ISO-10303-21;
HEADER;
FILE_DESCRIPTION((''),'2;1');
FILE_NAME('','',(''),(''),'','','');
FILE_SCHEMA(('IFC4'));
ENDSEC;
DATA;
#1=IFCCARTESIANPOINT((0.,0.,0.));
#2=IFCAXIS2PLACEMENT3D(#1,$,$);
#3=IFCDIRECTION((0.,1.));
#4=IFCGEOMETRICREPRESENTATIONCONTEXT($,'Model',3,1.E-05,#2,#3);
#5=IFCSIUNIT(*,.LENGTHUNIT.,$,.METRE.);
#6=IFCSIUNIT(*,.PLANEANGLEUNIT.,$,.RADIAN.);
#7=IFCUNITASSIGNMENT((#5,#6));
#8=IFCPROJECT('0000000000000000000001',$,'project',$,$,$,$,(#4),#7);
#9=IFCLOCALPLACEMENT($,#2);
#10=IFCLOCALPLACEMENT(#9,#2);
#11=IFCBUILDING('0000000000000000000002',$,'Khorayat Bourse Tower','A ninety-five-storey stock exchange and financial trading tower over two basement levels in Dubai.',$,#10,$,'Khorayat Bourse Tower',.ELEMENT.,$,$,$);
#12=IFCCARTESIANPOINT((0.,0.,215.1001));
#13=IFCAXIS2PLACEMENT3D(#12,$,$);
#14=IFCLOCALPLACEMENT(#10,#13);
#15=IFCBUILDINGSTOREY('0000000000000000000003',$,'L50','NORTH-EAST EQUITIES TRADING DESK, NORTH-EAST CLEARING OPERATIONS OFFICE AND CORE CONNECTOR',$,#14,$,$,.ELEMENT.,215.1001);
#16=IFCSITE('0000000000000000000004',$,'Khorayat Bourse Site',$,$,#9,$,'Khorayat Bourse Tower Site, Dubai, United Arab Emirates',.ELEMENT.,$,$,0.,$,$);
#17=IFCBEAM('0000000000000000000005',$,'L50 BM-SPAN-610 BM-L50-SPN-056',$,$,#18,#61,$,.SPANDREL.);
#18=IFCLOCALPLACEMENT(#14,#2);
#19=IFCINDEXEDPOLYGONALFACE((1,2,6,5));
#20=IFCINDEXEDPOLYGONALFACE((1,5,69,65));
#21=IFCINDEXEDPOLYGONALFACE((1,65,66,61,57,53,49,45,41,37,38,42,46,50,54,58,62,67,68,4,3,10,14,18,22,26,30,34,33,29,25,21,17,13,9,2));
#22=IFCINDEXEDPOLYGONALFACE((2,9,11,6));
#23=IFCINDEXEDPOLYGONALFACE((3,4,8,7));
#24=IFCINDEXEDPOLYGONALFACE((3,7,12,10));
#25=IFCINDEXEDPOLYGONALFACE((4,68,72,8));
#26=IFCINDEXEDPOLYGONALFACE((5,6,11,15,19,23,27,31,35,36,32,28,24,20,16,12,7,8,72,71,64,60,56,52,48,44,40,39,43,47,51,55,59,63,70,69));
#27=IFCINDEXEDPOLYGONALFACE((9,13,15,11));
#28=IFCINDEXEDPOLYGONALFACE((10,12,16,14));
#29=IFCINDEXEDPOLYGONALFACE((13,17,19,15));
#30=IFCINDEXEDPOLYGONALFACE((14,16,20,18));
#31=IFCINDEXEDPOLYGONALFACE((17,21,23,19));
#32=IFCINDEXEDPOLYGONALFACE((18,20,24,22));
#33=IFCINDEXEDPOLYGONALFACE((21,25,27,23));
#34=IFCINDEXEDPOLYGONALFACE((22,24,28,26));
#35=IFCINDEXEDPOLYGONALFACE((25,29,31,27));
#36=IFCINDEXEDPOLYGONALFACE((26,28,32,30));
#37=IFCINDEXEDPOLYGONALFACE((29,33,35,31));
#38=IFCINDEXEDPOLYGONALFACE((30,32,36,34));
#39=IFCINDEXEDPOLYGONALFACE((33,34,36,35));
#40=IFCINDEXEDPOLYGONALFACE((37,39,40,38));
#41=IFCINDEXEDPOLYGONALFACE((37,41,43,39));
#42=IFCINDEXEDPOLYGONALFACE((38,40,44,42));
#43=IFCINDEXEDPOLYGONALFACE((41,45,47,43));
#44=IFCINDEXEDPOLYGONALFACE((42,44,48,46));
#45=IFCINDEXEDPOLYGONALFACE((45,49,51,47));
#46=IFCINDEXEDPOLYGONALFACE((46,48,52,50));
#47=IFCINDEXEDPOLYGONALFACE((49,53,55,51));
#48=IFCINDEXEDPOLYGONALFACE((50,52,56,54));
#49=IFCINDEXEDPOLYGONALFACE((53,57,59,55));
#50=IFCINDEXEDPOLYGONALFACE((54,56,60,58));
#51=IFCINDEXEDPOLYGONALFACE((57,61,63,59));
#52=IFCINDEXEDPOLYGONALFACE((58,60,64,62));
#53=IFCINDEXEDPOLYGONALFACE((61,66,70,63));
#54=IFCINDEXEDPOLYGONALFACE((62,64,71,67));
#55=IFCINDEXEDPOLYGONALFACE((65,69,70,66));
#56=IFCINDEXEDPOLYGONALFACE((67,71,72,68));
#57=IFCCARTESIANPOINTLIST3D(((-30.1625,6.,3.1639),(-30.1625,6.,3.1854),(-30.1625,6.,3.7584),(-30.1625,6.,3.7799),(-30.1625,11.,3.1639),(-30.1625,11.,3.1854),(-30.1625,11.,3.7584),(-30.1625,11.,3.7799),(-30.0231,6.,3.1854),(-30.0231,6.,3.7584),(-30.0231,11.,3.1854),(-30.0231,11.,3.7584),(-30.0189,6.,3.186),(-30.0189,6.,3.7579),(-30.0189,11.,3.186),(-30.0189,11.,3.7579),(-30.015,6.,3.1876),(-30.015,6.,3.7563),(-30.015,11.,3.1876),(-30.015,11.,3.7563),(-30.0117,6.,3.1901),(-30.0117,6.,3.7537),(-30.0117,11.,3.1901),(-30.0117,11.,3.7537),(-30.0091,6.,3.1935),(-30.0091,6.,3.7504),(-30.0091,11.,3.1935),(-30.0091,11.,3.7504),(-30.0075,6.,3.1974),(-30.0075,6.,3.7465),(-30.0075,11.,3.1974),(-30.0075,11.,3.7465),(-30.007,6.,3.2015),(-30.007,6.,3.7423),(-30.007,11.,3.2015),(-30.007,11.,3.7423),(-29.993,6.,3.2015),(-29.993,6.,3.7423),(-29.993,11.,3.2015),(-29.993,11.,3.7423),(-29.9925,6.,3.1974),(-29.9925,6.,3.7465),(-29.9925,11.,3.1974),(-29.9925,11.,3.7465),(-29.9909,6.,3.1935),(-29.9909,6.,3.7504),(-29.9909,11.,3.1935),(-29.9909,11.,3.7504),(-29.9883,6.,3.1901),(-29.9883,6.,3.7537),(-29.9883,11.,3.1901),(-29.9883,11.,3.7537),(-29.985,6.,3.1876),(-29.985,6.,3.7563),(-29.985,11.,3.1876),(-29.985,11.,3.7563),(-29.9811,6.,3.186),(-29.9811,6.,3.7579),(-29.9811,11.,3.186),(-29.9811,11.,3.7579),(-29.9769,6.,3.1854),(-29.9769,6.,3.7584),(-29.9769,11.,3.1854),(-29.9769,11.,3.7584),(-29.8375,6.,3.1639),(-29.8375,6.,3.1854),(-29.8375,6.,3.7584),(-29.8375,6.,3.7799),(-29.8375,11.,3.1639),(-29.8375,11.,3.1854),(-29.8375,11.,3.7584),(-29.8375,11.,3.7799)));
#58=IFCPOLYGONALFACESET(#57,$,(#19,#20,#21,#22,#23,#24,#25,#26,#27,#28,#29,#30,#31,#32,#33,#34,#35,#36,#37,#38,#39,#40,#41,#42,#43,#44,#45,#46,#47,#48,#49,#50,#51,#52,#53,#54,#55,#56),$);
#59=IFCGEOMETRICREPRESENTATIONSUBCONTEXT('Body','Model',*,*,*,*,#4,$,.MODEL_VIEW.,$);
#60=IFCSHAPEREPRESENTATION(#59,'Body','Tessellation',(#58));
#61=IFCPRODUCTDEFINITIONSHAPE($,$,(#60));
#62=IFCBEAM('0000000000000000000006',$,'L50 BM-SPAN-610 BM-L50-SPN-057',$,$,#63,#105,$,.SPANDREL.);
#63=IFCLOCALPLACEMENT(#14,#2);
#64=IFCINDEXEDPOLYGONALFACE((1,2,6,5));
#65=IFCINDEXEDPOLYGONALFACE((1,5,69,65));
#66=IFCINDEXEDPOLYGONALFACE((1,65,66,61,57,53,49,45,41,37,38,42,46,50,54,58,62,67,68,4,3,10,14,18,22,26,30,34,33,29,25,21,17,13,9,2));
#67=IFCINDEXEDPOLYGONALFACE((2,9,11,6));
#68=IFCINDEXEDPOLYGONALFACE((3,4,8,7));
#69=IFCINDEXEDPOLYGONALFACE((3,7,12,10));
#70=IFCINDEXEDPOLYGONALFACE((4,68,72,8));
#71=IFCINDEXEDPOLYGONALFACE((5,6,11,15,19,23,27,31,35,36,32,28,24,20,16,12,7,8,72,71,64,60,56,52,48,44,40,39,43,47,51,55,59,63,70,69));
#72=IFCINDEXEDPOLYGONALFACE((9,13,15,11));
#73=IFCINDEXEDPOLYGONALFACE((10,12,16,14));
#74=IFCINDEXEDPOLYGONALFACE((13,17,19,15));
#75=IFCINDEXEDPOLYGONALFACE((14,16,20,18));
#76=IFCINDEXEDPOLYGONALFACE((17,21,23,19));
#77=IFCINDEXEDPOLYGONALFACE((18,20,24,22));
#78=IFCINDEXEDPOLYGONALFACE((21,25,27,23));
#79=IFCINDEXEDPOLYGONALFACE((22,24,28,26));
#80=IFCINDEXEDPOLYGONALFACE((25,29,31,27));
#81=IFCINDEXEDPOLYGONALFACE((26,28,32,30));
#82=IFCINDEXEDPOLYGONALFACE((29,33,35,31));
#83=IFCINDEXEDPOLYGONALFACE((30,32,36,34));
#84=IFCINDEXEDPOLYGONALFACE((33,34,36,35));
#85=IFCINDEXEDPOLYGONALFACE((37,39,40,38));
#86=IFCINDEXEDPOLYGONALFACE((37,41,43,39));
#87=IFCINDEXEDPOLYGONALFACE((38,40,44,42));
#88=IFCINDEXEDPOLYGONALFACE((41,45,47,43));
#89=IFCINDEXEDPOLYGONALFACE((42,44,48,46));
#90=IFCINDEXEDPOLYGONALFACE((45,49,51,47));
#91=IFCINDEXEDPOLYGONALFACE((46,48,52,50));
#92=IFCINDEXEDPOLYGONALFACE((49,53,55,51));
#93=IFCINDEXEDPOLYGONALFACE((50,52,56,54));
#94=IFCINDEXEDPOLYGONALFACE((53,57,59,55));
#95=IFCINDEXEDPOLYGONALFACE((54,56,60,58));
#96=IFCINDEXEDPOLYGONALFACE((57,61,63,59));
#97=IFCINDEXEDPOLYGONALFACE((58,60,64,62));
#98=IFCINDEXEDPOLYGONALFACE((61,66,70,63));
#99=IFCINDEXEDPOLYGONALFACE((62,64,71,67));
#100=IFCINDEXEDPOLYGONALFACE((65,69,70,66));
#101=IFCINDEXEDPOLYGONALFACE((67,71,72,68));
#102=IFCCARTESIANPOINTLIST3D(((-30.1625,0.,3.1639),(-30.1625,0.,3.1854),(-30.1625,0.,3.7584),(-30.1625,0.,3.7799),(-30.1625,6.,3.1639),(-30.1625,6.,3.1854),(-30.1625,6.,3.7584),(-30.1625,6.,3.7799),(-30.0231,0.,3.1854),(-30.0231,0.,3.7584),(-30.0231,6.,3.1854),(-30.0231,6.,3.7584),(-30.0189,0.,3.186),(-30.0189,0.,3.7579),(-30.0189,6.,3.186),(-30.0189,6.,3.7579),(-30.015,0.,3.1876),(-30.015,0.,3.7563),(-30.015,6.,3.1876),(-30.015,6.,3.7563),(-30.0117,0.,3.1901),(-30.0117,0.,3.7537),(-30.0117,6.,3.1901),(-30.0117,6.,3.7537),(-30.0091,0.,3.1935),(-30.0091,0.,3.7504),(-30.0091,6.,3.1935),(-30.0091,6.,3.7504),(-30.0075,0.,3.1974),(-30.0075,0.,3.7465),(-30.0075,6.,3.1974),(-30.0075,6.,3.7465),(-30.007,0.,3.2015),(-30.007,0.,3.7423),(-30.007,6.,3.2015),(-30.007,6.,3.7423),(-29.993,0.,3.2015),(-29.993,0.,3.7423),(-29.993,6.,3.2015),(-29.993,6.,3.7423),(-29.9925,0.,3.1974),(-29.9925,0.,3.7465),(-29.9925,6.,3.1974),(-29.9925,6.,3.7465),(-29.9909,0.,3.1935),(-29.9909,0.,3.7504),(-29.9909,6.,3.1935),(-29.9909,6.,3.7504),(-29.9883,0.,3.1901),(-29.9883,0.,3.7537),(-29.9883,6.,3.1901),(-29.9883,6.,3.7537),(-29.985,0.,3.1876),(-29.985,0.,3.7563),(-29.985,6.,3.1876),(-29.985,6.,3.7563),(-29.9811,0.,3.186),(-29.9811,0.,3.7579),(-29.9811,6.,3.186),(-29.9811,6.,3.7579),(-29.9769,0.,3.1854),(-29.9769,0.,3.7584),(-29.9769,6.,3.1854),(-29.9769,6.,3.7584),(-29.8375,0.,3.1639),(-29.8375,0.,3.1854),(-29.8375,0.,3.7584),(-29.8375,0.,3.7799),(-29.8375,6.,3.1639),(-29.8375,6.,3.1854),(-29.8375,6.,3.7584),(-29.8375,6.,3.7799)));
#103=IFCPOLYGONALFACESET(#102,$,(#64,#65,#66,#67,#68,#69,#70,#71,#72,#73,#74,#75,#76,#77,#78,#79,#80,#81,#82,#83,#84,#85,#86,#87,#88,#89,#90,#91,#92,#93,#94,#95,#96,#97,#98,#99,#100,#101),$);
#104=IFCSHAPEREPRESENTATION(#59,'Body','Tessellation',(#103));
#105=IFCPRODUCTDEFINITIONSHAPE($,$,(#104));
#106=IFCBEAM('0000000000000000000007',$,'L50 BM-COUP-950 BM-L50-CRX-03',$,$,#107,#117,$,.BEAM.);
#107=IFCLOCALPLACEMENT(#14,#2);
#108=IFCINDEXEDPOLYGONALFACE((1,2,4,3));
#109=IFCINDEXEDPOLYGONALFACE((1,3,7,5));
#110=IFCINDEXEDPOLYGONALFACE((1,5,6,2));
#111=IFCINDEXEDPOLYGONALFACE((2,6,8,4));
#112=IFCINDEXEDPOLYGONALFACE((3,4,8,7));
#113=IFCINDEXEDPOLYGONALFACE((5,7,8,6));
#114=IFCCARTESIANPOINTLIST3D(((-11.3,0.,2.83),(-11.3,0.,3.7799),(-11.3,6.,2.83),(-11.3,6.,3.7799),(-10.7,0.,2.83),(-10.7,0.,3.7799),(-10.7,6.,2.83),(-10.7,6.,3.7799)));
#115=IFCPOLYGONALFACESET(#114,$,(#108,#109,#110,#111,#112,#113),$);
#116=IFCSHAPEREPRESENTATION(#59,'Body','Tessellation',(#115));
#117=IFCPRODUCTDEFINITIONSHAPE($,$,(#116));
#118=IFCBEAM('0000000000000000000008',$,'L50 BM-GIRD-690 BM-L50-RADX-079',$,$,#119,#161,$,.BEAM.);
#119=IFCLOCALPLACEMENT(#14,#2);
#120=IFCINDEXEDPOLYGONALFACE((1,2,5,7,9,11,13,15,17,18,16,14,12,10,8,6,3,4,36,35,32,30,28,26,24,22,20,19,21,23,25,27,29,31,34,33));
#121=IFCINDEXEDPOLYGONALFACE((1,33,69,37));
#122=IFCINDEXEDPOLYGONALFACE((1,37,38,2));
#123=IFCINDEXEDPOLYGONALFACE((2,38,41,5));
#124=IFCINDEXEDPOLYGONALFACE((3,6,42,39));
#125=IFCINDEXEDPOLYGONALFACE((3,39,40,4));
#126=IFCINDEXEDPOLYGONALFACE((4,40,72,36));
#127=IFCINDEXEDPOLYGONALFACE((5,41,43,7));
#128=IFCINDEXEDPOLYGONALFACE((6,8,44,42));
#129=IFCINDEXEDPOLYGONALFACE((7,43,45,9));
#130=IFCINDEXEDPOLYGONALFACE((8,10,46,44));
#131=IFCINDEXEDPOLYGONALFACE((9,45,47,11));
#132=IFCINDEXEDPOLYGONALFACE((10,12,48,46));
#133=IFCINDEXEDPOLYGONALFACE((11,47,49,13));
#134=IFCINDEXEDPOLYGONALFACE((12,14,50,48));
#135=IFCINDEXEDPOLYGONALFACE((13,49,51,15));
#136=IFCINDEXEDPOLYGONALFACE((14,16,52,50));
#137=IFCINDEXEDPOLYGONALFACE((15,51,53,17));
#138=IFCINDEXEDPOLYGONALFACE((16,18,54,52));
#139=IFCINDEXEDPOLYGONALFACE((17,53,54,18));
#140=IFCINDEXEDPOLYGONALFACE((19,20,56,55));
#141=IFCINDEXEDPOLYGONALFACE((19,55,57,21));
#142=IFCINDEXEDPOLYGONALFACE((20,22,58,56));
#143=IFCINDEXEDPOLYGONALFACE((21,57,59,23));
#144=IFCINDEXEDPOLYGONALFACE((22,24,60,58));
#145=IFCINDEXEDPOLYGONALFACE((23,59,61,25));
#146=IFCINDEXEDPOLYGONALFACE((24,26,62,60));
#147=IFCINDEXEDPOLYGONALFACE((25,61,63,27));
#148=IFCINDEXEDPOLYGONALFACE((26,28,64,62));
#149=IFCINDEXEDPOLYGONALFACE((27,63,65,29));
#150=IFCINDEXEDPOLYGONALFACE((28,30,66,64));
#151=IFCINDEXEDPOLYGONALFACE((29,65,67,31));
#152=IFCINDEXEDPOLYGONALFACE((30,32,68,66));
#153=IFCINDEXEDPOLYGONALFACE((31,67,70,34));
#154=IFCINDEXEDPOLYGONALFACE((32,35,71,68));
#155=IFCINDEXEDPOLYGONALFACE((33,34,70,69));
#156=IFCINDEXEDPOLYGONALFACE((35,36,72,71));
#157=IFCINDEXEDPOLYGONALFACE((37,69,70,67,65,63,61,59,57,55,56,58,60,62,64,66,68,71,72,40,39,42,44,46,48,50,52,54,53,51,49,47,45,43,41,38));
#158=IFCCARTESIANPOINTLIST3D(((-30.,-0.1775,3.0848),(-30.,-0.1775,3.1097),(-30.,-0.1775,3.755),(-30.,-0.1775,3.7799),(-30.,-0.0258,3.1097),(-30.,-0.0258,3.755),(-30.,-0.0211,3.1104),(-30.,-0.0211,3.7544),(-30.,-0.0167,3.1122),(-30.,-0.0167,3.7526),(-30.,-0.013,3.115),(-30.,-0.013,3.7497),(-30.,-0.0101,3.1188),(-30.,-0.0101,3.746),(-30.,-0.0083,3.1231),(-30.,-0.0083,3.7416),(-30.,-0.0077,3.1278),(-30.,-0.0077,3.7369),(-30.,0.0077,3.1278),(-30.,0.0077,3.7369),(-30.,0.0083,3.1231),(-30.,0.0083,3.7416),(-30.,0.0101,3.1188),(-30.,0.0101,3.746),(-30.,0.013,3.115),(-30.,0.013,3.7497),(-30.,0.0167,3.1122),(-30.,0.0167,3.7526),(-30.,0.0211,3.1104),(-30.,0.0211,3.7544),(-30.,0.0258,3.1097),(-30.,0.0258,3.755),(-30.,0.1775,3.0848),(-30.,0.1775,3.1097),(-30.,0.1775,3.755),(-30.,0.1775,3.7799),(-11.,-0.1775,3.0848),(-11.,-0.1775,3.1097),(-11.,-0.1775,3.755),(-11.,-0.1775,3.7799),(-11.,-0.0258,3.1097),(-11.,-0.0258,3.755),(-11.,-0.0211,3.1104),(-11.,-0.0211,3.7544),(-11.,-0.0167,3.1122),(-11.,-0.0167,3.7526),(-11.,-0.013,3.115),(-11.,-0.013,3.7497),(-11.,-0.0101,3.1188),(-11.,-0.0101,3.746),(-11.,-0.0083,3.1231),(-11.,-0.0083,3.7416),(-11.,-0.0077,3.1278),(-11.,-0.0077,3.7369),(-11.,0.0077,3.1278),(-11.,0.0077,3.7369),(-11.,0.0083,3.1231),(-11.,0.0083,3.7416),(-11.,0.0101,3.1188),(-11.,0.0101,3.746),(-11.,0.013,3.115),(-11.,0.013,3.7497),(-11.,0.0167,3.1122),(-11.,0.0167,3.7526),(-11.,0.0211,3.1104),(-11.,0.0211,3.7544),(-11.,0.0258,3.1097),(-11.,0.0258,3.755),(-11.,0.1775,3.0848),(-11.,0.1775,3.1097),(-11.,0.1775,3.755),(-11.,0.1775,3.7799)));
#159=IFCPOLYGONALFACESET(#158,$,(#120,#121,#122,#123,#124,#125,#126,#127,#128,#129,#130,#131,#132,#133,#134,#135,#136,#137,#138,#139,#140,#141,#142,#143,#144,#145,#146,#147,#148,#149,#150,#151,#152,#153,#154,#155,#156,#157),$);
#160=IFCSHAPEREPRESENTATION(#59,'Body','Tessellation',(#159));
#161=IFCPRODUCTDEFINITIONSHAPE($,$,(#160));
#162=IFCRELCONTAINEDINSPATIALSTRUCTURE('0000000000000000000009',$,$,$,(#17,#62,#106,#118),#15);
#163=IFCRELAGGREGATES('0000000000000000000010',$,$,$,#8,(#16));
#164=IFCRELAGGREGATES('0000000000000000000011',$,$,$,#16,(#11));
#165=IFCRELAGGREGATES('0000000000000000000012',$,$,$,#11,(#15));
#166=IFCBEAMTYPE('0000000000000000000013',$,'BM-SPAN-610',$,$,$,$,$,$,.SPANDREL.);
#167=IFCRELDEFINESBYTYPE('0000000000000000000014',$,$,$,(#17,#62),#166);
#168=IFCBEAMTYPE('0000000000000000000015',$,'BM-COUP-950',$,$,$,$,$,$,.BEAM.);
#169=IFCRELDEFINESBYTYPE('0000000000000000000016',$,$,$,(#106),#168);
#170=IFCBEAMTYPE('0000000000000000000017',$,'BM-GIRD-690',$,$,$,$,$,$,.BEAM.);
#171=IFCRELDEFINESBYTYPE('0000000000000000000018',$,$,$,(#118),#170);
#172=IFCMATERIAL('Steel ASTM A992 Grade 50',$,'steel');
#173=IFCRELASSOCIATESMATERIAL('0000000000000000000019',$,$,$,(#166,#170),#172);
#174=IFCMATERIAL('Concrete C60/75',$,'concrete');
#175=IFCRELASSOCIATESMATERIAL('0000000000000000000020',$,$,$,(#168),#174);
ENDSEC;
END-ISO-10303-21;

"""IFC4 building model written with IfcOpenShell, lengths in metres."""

from ifc_helpers import new_model, si_unit, direction, frame, origin, origin_2d, place, context, subcontext, project, spatial, rectangle, i_section, extrude, source, transform, mapped, material, material_profile, profile_set, type_object, element, save


model = new_model("IFC4")

# Units and contexts
model_context = context("Model", 3, precision=1e-05, world=origin(), true_north=direction((0.0, 1.0)))
body_context = subcontext(model_context, "Body", "Model", "MODEL_VIEW")
ifc_project = project(units=[si_unit("LENGTHUNIT", "METRE"), si_unit("PLANEANGLEUNIT", "RADIAN")], contexts=[model_context])

# Site, building, storey
site_placement = place(None, origin())
site = spatial("IfcSite", under=ifc_project, at=site_placement, Name="Khorayat Bourse Site", LongName="Khorayat Bourse Tower Site, Dubai, United Arab Emirates", CompositionType="ELEMENT", RefElevation=0.0)
building_placement = place(site_placement, origin())
building = spatial("IfcBuilding", under=site, at=building_placement, Name="Khorayat Bourse Tower", Description="A ninety-five-storey stock exchange and financial trading tower over two basement levels in Dubai.", LongName="Khorayat Bourse Tower", CompositionType="ELEMENT")
storey_placement = place(building_placement, frame((0.0, 0.0, 215.1001)))
storey = spatial("IfcBuildingStorey", under=building, at=storey_placement, Name="L50", Description="NORTH-EAST EQUITIES TRADING DESK, NORTH-EAST CLEARING OPERATIONS OFFICE AND CORE CONNECTOR", CompositionType="ELEMENT", Elevation=215.1001)

# Shared definitions
ifc_material_1 = material(Name="Concrete C60/75", Category="concrete")

# Beams
ifc_material_2 = material(Name="Steel ASTM A992 Grade 50", Category="steel")
ifc_material_profile_1 = material_profile(ifc_material_2, i_section(OverallWidth=0.325, OverallDepth=0.616, WebThickness=0.0139, FlangeThickness=0.0215, FilletRadius=0.0161, at=origin_2d()), Name="W610X174")
ifc_profile_set_1 = profile_set([ifc_material_profile_1], Name="Steel ASTM A992 Grade 50")
beam_type_1 = type_object("IfcBeamType", Name="BM-SPAN-610", PredefinedType="SPANDREL", material=ifc_profile_set_1)
shared_shape_1 = source(origin(), body_context, "Body", "SweptSolid", [
    extrude(i_section(OverallWidth=0.325, OverallDepth=0.616, WebThickness=0.0139, FlangeThickness=0.0215, FilletRadius=0.0161, at=origin_2d()), origin(), (0.0, 0.0, 1.0), 5.0),
])
beam_1_placement = place(storey_placement, frame((-30.0, 6.0, 3.4719), z_axis=(0.0, 1.0, 0.0), x_axis=(-1.0, 0.0, 0.0)))
element("IfcBeam", 1, at=beam_1_placement, inside=storey, type_object=beam_type_1, Name="L50 BM-SPAN-610 BM-L50-SPN-056", PredefinedType="SPANDREL", context=body_context, shape_type="MappedRepresentation", body=[
    mapped(shared_shape_1, transform((0.0, 0.0, 0.0), scale=1.0)),
])
shared_shape_2 = source(origin(), body_context, "Body", "SweptSolid", [
    extrude(i_section(OverallWidth=0.325, OverallDepth=0.616, WebThickness=0.0139, FlangeThickness=0.0215, FilletRadius=0.0161, at=origin_2d()), origin(), (0.0, 0.0, 1.0), 6.0),
])
beam_2_placement = place(storey_placement, frame((-30.0, 0.0, 3.4719), z_axis=(0.0, 1.0, 0.0), x_axis=(-1.0, 0.0, 0.0)))
element("IfcBeam", 2, at=beam_2_placement, inside=storey, type_object=beam_type_1, Name="L50 BM-SPAN-610 BM-L50-SPN-057", PredefinedType="SPANDREL", context=body_context, shape_type="MappedRepresentation", body=[
    mapped(shared_shape_2, transform((0.0, 0.0, 0.0), scale=1.0)),
])
ifc_material_profile_2 = material_profile(ifc_material_1, rectangle(XDim=0.6001, YDim=0.95, at=origin_2d()), Name="RC 600x950")
ifc_profile_set_2 = profile_set([ifc_material_profile_2], Name="Concrete C60/75")
beam_type_2 = type_object("IfcBeamType", Name="BM-COUP-950", PredefinedType="BEAM", material=ifc_profile_set_2)
shared_shape_3 = source(origin(), body_context, "Body", "SweptSolid", [
    extrude(rectangle(XDim=0.6001, YDim=0.95, at=origin_2d()), origin(), (0.0, 0.0, 1.0), 6.0),
])
beam_3_placement = place(storey_placement, frame((-11.0, 0.0, 3.3049), z_axis=(0.0, 1.0, 0.0), x_axis=(-1.0, 0.0, 0.0)))
element("IfcBeam", 3, at=beam_3_placement, inside=storey, type_object=beam_type_2, Name="L50 BM-COUP-950 BM-L50-CRX-03", PredefinedType="BEAM", context=body_context, shape_type="MappedRepresentation", body=[
    mapped(shared_shape_3, transform((0.0, 0.0, 0.0), scale=1.0)),
])
ifc_material_profile_3 = material_profile(ifc_material_2, i_section(OverallWidth=0.355, OverallDepth=0.6951, WebThickness=0.0154, FlangeThickness=0.0249, FilletRadius=0.0181, at=origin_2d()), Name="W690X217")
ifc_profile_set_3 = profile_set([ifc_material_profile_3], Name="Steel ASTM A992 Grade 50")
beam_type_3 = type_object("IfcBeamType", Name="BM-GIRD-690", PredefinedType="BEAM", material=ifc_profile_set_3)
shared_shape_4 = source(origin(), body_context, "Body", "SweptSolid", [
    extrude(i_section(OverallWidth=0.355, OverallDepth=0.6951, WebThickness=0.0154, FlangeThickness=0.0249, FilletRadius=0.0181, at=origin_2d()), origin(), (0.0, 0.0, 1.0), 19.0),
])
for number, where, z_axis, x_axis, name in (
    (4, (-30.0, 0.0, 3.4324), (1.0, 0.0, 0.0), (0.0, 1.0, 0.0), "L50 BM-GIRD-690 BM-L50-RADX-079"),
):
    element("IfcBeam", number, at=place(storey_placement, frame(where, z_axis=z_axis, x_axis=x_axis)), inside=storey, type_object=beam_type_3, Name=name, PredefinedType="BEAM", context=body_context, shape_type="MappedRepresentation", body=[
        mapped(shared_shape_4, transform((0.0, 0.0, 0.0), scale=1.0)),
    ])

save(model, "model.ifc")
